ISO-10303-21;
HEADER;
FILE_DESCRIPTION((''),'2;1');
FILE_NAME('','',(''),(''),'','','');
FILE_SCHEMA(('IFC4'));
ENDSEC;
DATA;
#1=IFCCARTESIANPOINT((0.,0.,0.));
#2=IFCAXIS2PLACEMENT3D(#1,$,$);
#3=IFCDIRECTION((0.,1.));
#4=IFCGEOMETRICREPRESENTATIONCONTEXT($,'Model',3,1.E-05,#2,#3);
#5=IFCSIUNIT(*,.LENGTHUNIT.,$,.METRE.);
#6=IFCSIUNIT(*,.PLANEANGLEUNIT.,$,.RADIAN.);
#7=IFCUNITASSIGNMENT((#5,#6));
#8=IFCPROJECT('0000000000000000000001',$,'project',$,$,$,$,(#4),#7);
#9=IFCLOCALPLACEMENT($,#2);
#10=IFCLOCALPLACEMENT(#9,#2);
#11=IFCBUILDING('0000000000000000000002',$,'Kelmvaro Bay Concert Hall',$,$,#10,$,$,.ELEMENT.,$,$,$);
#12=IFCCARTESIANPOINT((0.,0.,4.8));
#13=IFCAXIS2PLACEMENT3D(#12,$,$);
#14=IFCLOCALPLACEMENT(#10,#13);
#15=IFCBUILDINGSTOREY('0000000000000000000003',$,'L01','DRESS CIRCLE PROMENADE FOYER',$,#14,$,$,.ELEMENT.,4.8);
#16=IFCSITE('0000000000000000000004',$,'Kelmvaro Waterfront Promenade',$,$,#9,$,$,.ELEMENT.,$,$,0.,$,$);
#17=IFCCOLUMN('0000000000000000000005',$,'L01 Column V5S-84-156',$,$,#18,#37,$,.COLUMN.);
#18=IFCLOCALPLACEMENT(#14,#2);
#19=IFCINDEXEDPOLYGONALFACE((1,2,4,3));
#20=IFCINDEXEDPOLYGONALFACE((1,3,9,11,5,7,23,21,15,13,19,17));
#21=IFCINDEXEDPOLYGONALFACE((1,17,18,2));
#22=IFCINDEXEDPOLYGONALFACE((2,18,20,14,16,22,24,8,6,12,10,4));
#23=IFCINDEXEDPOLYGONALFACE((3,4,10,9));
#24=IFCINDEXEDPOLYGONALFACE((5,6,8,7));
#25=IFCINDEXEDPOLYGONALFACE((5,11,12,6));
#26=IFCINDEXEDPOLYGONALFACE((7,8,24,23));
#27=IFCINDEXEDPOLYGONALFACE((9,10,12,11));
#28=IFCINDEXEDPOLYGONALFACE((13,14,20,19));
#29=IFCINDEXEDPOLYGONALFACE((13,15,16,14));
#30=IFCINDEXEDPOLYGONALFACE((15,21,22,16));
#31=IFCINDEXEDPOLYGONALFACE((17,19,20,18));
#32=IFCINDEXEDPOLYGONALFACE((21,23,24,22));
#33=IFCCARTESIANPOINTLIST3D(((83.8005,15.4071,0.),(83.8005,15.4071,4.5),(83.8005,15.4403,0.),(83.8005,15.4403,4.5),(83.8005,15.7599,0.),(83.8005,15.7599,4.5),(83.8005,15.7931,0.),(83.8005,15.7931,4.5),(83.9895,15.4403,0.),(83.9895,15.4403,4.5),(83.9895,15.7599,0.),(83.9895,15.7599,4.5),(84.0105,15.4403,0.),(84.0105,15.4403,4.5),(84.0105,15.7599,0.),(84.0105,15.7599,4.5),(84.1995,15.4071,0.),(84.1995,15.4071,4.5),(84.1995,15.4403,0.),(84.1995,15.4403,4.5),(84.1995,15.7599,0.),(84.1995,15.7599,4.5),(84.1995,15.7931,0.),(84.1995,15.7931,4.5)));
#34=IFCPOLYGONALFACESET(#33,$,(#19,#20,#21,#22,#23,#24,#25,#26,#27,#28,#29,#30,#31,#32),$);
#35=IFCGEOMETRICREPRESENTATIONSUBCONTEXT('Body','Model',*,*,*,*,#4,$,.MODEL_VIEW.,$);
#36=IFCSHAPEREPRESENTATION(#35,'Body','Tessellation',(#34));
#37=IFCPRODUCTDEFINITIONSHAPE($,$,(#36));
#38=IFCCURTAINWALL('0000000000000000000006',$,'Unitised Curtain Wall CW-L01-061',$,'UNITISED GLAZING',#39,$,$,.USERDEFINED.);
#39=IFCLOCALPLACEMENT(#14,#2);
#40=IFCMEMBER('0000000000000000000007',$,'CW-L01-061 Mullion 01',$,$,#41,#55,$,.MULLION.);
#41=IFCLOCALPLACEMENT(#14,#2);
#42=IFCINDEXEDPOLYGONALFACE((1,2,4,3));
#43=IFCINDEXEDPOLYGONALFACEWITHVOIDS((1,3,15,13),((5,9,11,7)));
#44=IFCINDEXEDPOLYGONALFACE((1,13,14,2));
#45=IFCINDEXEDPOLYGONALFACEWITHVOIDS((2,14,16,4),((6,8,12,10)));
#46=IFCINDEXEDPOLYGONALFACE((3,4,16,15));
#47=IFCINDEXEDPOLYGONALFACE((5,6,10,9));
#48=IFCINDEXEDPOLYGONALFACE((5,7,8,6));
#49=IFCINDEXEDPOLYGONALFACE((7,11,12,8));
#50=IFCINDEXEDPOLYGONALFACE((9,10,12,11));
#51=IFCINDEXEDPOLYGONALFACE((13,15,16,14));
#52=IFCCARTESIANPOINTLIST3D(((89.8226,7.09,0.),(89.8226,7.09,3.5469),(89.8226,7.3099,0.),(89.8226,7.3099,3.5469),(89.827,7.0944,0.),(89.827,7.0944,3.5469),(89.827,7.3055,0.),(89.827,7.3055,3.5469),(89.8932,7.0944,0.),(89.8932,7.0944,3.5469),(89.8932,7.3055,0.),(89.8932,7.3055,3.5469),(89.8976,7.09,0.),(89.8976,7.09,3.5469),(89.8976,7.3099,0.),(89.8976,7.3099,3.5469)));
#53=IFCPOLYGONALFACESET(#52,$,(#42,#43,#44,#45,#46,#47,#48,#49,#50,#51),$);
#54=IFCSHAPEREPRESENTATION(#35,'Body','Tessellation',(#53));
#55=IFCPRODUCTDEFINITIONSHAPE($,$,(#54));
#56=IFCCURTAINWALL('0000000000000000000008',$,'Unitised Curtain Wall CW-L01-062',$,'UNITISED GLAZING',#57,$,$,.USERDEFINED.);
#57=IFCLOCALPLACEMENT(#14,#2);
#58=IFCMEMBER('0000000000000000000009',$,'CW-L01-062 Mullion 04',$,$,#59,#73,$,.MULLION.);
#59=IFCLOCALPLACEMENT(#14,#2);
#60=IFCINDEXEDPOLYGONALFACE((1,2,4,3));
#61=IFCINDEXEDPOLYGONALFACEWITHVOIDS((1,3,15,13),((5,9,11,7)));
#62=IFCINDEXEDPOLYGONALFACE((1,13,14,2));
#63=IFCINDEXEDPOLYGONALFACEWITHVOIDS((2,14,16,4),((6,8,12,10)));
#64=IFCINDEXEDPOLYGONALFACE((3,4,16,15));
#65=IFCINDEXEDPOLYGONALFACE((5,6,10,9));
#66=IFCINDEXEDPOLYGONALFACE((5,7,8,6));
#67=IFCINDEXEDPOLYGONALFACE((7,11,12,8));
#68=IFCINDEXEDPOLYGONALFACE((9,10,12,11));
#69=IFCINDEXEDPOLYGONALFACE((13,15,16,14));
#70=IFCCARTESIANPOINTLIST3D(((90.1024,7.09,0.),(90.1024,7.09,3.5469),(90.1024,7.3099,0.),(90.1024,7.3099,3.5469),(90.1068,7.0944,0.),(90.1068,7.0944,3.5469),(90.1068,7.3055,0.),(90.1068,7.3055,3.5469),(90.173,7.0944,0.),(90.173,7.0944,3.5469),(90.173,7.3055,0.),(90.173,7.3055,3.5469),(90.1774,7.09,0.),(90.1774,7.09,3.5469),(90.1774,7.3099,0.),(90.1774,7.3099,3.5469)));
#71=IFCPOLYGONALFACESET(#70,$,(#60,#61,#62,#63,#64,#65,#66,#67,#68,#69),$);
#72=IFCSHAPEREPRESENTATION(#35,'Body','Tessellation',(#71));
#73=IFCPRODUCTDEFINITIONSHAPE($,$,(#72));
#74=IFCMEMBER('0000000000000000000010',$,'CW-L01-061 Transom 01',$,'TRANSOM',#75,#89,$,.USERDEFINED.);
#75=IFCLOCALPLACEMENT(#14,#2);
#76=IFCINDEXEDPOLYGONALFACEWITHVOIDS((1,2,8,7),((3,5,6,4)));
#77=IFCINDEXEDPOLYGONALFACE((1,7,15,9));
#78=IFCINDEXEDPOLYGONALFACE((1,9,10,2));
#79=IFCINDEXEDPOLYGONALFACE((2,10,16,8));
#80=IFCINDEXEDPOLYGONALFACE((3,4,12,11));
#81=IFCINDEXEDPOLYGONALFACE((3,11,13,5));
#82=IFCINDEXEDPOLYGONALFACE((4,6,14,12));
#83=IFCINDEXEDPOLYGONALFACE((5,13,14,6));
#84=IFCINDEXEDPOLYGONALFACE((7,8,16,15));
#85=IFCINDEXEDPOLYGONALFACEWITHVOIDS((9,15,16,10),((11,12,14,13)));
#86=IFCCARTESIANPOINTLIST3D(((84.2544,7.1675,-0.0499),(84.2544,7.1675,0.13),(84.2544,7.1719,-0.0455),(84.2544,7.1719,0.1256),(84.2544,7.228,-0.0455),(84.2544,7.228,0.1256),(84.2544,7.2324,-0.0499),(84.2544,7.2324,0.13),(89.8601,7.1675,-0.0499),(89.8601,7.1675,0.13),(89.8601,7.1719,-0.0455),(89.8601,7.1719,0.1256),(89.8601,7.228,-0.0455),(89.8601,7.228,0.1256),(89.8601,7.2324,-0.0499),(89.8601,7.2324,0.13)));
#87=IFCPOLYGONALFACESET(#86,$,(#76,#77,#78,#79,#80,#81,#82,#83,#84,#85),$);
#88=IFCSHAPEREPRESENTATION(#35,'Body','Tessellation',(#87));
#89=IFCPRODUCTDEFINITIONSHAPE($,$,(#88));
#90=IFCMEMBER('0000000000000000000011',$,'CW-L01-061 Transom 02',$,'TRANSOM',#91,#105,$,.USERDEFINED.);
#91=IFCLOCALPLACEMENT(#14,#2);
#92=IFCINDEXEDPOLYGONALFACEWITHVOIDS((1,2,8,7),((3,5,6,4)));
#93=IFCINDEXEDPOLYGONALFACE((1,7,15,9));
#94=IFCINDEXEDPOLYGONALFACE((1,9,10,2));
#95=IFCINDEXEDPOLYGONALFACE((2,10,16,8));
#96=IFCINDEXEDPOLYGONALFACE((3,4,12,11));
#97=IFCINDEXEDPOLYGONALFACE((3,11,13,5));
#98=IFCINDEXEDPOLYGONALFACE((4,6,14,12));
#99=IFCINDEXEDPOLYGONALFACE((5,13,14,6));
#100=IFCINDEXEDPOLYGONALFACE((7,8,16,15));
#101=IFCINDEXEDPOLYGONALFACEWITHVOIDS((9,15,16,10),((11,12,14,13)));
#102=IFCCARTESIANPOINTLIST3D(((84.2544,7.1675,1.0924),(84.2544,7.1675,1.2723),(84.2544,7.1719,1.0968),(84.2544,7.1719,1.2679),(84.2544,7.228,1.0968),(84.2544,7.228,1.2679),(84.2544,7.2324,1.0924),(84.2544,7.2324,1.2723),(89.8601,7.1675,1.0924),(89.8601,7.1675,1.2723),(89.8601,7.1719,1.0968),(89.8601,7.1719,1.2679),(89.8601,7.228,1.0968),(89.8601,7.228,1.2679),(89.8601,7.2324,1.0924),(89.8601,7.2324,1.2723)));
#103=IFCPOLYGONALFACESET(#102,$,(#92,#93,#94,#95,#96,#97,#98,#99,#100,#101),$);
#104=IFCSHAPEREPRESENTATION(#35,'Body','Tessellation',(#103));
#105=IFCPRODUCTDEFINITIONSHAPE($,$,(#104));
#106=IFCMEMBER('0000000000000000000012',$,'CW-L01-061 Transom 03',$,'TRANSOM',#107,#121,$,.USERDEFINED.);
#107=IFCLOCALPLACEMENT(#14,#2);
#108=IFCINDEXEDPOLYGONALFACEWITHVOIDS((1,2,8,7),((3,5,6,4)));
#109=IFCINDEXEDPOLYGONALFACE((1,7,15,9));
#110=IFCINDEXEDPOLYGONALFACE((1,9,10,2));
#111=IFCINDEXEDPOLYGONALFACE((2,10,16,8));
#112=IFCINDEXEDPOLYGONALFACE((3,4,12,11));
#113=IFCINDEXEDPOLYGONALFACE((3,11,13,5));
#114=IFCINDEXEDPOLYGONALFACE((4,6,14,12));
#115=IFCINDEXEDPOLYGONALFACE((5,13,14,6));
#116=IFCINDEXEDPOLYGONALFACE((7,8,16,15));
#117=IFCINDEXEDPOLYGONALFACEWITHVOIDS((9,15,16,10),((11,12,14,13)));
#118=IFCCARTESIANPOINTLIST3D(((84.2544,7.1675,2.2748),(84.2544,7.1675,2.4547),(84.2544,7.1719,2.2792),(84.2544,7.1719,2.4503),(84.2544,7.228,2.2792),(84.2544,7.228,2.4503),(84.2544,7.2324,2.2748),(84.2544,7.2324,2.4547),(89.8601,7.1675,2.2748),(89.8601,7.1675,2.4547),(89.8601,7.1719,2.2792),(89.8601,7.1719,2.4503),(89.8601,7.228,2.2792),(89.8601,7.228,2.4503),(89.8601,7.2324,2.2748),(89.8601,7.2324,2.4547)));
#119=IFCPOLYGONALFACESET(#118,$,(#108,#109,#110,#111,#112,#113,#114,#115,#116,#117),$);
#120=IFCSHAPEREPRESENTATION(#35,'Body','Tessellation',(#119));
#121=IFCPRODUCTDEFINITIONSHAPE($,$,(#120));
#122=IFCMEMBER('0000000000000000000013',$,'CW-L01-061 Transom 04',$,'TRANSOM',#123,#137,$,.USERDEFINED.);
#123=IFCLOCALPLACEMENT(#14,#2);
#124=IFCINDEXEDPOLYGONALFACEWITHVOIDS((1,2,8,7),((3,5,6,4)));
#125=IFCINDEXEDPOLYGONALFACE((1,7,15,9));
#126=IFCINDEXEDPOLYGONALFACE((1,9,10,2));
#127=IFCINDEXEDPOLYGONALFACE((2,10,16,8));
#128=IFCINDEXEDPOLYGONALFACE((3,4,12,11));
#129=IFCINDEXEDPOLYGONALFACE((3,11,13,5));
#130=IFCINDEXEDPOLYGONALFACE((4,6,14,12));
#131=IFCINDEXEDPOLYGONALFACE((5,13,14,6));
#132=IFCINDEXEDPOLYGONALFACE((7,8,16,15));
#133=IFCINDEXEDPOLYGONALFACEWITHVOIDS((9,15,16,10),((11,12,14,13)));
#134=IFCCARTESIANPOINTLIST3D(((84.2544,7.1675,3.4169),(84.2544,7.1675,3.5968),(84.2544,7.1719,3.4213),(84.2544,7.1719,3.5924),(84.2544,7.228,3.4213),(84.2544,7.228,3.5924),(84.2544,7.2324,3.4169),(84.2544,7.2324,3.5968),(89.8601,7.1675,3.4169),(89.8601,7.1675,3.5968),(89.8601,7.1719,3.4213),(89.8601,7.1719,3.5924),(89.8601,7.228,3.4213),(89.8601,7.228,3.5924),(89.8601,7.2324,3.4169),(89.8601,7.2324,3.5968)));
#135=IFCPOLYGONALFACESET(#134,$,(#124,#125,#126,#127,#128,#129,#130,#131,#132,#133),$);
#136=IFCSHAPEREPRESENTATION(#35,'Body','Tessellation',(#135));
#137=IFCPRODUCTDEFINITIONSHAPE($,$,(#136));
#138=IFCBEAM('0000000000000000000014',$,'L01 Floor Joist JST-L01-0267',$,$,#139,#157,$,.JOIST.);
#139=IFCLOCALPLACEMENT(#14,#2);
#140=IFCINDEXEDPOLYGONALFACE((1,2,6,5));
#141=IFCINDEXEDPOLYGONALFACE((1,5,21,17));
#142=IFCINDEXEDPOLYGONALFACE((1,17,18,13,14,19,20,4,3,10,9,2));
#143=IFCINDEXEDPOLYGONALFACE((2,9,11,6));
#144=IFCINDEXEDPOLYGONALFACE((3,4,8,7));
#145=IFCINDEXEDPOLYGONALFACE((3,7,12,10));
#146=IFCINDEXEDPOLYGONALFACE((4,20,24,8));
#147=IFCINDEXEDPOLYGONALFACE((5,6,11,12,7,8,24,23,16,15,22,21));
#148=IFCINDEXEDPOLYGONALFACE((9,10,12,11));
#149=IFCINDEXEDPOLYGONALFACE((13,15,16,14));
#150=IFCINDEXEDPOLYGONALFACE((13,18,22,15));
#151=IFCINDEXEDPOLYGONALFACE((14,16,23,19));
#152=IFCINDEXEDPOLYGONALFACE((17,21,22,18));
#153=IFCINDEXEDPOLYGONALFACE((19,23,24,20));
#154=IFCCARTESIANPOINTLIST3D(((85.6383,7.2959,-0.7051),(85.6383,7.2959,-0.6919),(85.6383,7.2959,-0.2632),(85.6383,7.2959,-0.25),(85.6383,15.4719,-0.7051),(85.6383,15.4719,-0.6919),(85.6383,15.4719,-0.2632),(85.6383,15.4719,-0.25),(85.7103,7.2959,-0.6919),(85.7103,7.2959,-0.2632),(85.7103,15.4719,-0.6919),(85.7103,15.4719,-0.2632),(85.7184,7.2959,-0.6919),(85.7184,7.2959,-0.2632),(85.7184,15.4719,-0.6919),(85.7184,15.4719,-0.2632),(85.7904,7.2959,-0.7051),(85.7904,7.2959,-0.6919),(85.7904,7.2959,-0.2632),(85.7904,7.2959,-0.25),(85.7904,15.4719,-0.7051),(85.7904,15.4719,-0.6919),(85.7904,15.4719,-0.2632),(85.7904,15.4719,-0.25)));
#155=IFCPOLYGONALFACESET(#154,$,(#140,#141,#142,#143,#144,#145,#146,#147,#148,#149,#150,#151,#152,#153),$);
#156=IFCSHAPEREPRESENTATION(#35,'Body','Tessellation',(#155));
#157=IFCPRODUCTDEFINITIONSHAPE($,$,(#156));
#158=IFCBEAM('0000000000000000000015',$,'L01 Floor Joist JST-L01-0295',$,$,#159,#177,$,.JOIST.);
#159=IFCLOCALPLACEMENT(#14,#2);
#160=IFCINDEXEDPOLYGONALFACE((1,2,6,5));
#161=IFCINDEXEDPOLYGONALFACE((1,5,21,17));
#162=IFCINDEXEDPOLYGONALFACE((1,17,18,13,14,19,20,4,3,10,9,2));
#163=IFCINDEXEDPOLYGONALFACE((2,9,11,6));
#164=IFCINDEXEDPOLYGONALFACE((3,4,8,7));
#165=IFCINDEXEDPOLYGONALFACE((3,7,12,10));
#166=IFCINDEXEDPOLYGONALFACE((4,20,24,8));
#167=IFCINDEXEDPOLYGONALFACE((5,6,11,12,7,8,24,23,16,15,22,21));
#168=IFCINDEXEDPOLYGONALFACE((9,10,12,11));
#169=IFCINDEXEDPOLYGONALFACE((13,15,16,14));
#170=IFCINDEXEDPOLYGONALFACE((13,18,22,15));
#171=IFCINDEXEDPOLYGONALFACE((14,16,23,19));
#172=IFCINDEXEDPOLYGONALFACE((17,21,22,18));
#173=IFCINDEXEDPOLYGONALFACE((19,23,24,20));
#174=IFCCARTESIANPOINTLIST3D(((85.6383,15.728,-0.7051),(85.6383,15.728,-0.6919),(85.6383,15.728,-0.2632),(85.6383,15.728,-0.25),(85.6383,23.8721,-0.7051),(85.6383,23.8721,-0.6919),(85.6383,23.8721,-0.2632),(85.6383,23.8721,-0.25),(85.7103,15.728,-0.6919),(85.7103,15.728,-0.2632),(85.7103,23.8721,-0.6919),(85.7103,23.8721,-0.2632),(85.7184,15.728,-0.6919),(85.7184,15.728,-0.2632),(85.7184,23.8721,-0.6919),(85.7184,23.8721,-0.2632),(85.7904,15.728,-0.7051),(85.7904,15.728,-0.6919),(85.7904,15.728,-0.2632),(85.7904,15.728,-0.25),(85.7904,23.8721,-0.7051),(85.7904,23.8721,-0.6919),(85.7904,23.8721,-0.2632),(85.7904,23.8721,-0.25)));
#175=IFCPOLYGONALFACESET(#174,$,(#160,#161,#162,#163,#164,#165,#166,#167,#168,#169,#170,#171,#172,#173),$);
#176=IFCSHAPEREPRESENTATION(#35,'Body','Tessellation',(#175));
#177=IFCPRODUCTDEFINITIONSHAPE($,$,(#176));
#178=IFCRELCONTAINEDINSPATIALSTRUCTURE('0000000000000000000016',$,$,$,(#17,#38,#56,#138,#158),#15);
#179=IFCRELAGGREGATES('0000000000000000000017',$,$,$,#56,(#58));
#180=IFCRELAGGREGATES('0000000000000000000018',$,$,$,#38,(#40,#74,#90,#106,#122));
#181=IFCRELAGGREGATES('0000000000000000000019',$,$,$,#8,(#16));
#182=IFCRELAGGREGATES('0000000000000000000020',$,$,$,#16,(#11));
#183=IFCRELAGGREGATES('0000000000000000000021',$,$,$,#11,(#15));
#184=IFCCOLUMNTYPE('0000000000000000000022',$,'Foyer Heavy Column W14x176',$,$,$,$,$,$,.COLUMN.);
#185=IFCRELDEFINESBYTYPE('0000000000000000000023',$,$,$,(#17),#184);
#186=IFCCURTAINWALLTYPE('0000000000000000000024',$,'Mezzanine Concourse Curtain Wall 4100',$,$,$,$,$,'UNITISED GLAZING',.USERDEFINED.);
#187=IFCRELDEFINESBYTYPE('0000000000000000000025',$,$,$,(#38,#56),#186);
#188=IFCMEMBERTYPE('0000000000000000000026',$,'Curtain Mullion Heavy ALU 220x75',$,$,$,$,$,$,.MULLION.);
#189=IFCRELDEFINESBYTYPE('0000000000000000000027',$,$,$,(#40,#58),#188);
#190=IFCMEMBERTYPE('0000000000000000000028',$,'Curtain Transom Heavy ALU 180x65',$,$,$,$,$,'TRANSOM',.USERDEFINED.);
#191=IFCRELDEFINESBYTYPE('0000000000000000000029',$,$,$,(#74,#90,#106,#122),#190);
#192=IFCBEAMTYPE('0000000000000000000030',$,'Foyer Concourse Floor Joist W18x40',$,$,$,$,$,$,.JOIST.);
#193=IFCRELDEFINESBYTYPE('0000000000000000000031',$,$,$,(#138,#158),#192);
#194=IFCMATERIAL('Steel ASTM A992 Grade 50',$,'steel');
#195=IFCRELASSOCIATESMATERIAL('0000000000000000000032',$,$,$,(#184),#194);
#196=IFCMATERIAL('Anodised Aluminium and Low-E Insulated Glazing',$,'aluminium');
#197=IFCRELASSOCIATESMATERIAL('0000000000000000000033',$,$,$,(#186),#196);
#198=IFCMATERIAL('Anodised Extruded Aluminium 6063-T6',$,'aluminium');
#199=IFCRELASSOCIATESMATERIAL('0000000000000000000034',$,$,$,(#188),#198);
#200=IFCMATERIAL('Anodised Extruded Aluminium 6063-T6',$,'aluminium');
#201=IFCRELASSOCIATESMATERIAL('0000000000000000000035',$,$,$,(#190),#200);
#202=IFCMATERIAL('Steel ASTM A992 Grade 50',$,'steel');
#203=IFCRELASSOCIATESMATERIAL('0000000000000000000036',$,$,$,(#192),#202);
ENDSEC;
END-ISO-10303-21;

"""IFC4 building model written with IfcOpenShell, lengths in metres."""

from ifc_helpers import new_model, si_unit, direction, frame, origin, origin_2d, place, context, subcontext, project, spatial, hollow_rectangle, i_section, extrude, material, material_profile, profile_set, type_object, element, aggregate, save


model = new_model("IFC4")

# Units and contexts
model_context = context("Model", 3, precision=1e-05, world=origin(), true_north=direction((0.0, 1.0)))
body_context = subcontext(model_context, "Body", "Model", "MODEL_VIEW")
ifc_project = project(units=[si_unit("LENGTHUNIT", "METRE"), si_unit("PLANEANGLEUNIT", "RADIAN")], contexts=[model_context])

# Site, building, storey
site_placement = place(None, origin())
site = spatial("IfcSite", under=ifc_project, at=site_placement, Name="Kelmvaro Waterfront Promenade", CompositionType="ELEMENT", RefElevation=0.0)
building_placement = place(site_placement, origin())
building = spatial("IfcBuilding", under=site, at=building_placement, Name="Kelmvaro Bay Concert Hall", CompositionType="ELEMENT")
storey_placement = place(building_placement, frame((0.0, 0.0, 4.8)))
storey = spatial("IfcBuildingStorey", under=building, at=storey_placement, Name="L01", Description="DRESS CIRCLE PROMENADE FOYER", CompositionType="ELEMENT", Elevation=4.8)

# Column
ifc_material_1 = material(Name="Steel ASTM A992 Grade 50", Category="steel")
ifc_material_profile_1 = material_profile(ifc_material_1, i_section(OverallWidth=0.3989, OverallDepth=0.386, WebThickness=0.021, FlangeThickness=0.0332, at=origin_2d()), Name="W14X176")
ifc_profile_set_1 = profile_set([ifc_material_profile_1], Name="Steel ASTM A992 Grade 50")
column_type = type_object("IfcColumnType", Name="Foyer Heavy Column W14x176", PredefinedType="COLUMN", material=ifc_profile_set_1)
column_placement = place(storey_placement, frame((84.0, 15.6001, 0.0), z_axis=(0.0, 0.0, 1.0), x_axis=(1.0, 0.0, 0.0)))
element("IfcColumn", 1, at=column_placement, inside=storey, type_object=column_type, Name="L01 Column V5S-84-156", PredefinedType="COLUMN", context=body_context, shape_type="SweptSolid", body=[
    extrude(i_section(OverallWidth=0.3989, OverallDepth=0.386, WebThickness=0.021, FlangeThickness=0.0332, at=origin_2d()), origin(), (0.0, 0.0, 1.0), 4.5),
])

# Curtain walls, members
ifc_material_2 = material(Name="Anodised Aluminium and Low-E Insulated Glazing", Category="aluminium")
curtain_wall_type = type_object("IfcCurtainWallType", Name="Mezzanine Concourse Curtain Wall 4100", ElementType="UNITISED GLAZING", PredefinedType="USERDEFINED", material=ifc_material_2)
curtain_wall_1_placement = place(storey_placement, origin())
curtain_wall_1 = element("IfcCurtainWall", 2, at=curtain_wall_1_placement, inside=storey, type_object=curtain_wall_type, Name="Unitised Curtain Wall CW-L01-061", ObjectType="UNITISED GLAZING", PredefinedType="USERDEFINED")
ifc_material_3 = material(Name="Anodised Extruded Aluminium 6063-T6", Category="aluminium")
ifc_material_profile_2 = material_profile(ifc_material_3, hollow_rectangle(XDim=0.075, YDim=0.22, WallThickness=0.0044, at=origin_2d()), Name="ALU-MUL-220X75")
ifc_profile_set_2 = profile_set([ifc_material_profile_2], Name="Anodised Extruded Aluminium 6063-T6")
member_type_1 = type_object("IfcMemberType", Name="Curtain Mullion Heavy ALU 220x75", PredefinedType="MULLION", material=ifc_profile_set_2)
member_1_placement = place(storey_placement, frame((89.8601, 7.2, 0.0), z_axis=(0.0, 0.0, 1.0), x_axis=(1.0, 0.0, 0.0)))
member_1 = element("IfcMember", 3, at=member_1_placement, type_object=member_type_1, Name="CW-L01-061 Mullion 01", PredefinedType="MULLION", context=body_context, shape_type="SweptSolid", body=[
    extrude(hollow_rectangle(XDim=0.075, YDim=0.22, WallThickness=0.0044, at=origin_2d()), origin(), (0.0, 0.0, 1.0), 3.5469),
])
curtain_wall_2_placement = place(storey_placement, origin())
curtain_wall_2 = element("IfcCurtainWall", 4, at=curtain_wall_2_placement, inside=storey, type_object=curtain_wall_type, Name="Unitised Curtain Wall CW-L01-062", ObjectType="UNITISED GLAZING", PredefinedType="USERDEFINED")
member_2_placement = place(storey_placement, frame((90.1399, 7.2, 0.0), z_axis=(0.0, 0.0, 1.0), x_axis=(1.0, 0.0, 0.0)))
member_2 = element("IfcMember", 5, at=member_2_placement, type_object=member_type_1, Name="CW-L01-062 Mullion 04", PredefinedType="MULLION", context=body_context, shape_type="SweptSolid", body=[
    extrude(hollow_rectangle(XDim=0.075, YDim=0.22, WallThickness=0.0044, at=origin_2d()), origin(), (0.0, 0.0, 1.0), 3.5469),
])
aggregate(curtain_wall_2, [member_2])

# Members
ifc_material_4 = material(Name="Anodised Extruded Aluminium 6063-T6", Category="aluminium")
ifc_material_profile_3 = material_profile(ifc_material_4, hollow_rectangle(XDim=0.0649, YDim=0.1799, WallThickness=0.0044, at=origin_2d()), Name="ALU-TRN-180X65")
ifc_profile_set_3 = profile_set([ifc_material_profile_3], Name="Anodised Extruded Aluminium 6063-T6")
member_type_2 = type_object("IfcMemberType", Name="Curtain Transom Heavy ALU 180x65", ElementType="TRANSOM", PredefinedType="USERDEFINED", material=ifc_profile_set_3)
member_3_placement = place(storey_placement, frame((89.8601, 7.2, 0.04), z_axis=(-1.0, 0.0, 0.0), x_axis=(0.0, -1.0, 0.0)))
member_3 = element("IfcMember", 6, at=member_3_placement, type_object=member_type_2, Name="CW-L01-061 Transom 01", ObjectType="TRANSOM", PredefinedType="USERDEFINED", context=body_context, shape_type="SweptSolid", body=[
    extrude(hollow_rectangle(XDim=0.0649, YDim=0.1799, WallThickness=0.0044, at=origin_2d()), origin(), (0.0, 0.0, 1.0), 5.6057),
])
member_4_placement = place(storey_placement, frame((89.8601, 7.2, 1.1824), z_axis=(-1.0, 0.0, 0.0), x_axis=(0.0, -1.0, 0.0)))
member_4 = element("IfcMember", 7, at=member_4_placement, type_object=member_type_2, Name="CW-L01-061 Transom 02", ObjectType="TRANSOM", PredefinedType="USERDEFINED", context=body_context, shape_type="SweptSolid", body=[
    extrude(hollow_rectangle(XDim=0.0649, YDim=0.1799, WallThickness=0.0044, at=origin_2d()), origin(), (0.0, 0.0, 1.0), 5.6057),
])
member_5_placement = place(storey_placement, frame((89.8601, 7.2, 2.3647), z_axis=(-1.0, 0.0, 0.0), x_axis=(0.0, -1.0, 0.0)))
member_5 = element("IfcMember", 8, at=member_5_placement, type_object=member_type_2, Name="CW-L01-061 Transom 03", ObjectType="TRANSOM", PredefinedType="USERDEFINED", context=body_context, shape_type="SweptSolid", body=[
    extrude(hollow_rectangle(XDim=0.0649, YDim=0.1799, WallThickness=0.0044, at=origin_2d()), origin(), (0.0, 0.0, 1.0), 5.6057),
])
member_6_placement = place(storey_placement, frame((89.8601, 7.2, 3.5068), z_axis=(-1.0, 0.0, 0.0), x_axis=(0.0, -1.0, 0.0)))
member_6 = element("IfcMember", 9, at=member_6_placement, type_object=member_type_2, Name="CW-L01-061 Transom 04", ObjectType="TRANSOM", PredefinedType="USERDEFINED", context=body_context, shape_type="SweptSolid", body=[
    extrude(hollow_rectangle(XDim=0.0649, YDim=0.1799, WallThickness=0.0044, at=origin_2d()), origin(), (0.0, 0.0, 1.0), 5.6057),
])

# Beams
ifc_material_5 = material(Name="Steel ASTM A992 Grade 50", Category="steel")
ifc_material_profile_4 = material_profile(ifc_material_5, i_section(OverallWidth=0.1521, OverallDepth=0.4551, WebThickness=0.0081, FlangeThickness=0.0132, at=origin_2d()), Name="W18X40")
ifc_profile_set_4 = profile_set([ifc_material_profile_4], Name="Steel ASTM A992 Grade 50")
beam_type_1 = type_object("IfcBeamType", Name="Foyer Concourse Floor Joist W18x40", PredefinedType="JOIST", material=ifc_profile_set_4)
beam_1_placement = place(storey_placement, frame((85.7144, 7.2959, -0.4775), z_axis=(0.0, 1.0, 0.0), x_axis=(-1.0, 0.0, 0.0)))
element("IfcBeam", 10, at=beam_1_placement, inside=storey, type_object=beam_type_1, Name="L01 Floor Joist JST-L01-0267", PredefinedType="JOIST", context=body_context, shape_type="SweptSolid", body=[
    extrude(i_section(OverallWidth=0.1521, OverallDepth=0.4551, WebThickness=0.0081, FlangeThickness=0.0132, at=origin_2d()), origin(), (0.0, 0.0, 1.0), 8.176),
])
for number, where, z_axis, x_axis, name in (
    (11, (85.7144, 15.728, -0.4775), (0.0, 1.0, 0.0), (-1.0, 0.0, 0.0), "L01 Floor Joist JST-L01-0295"),
):
    element("IfcBeam", number, at=place(storey_placement, frame(where, z_axis=z_axis, x_axis=x_axis)), inside=storey, type_object=beam_type_1, Name=name, PredefinedType="JOIST", context=body_context, shape_type="SweptSolid", body=[
        extrude(i_section(OverallWidth=0.1521, OverallDepth=0.4551, WebThickness=0.0081, FlangeThickness=0.0132, at=origin_2d()), origin(), (0.0, 0.0, 1.0), 8.144),
    ])

aggregate(curtain_wall_1, [member_1, member_3, member_4, member_5, member_6])

save(model, "model.ifc")
